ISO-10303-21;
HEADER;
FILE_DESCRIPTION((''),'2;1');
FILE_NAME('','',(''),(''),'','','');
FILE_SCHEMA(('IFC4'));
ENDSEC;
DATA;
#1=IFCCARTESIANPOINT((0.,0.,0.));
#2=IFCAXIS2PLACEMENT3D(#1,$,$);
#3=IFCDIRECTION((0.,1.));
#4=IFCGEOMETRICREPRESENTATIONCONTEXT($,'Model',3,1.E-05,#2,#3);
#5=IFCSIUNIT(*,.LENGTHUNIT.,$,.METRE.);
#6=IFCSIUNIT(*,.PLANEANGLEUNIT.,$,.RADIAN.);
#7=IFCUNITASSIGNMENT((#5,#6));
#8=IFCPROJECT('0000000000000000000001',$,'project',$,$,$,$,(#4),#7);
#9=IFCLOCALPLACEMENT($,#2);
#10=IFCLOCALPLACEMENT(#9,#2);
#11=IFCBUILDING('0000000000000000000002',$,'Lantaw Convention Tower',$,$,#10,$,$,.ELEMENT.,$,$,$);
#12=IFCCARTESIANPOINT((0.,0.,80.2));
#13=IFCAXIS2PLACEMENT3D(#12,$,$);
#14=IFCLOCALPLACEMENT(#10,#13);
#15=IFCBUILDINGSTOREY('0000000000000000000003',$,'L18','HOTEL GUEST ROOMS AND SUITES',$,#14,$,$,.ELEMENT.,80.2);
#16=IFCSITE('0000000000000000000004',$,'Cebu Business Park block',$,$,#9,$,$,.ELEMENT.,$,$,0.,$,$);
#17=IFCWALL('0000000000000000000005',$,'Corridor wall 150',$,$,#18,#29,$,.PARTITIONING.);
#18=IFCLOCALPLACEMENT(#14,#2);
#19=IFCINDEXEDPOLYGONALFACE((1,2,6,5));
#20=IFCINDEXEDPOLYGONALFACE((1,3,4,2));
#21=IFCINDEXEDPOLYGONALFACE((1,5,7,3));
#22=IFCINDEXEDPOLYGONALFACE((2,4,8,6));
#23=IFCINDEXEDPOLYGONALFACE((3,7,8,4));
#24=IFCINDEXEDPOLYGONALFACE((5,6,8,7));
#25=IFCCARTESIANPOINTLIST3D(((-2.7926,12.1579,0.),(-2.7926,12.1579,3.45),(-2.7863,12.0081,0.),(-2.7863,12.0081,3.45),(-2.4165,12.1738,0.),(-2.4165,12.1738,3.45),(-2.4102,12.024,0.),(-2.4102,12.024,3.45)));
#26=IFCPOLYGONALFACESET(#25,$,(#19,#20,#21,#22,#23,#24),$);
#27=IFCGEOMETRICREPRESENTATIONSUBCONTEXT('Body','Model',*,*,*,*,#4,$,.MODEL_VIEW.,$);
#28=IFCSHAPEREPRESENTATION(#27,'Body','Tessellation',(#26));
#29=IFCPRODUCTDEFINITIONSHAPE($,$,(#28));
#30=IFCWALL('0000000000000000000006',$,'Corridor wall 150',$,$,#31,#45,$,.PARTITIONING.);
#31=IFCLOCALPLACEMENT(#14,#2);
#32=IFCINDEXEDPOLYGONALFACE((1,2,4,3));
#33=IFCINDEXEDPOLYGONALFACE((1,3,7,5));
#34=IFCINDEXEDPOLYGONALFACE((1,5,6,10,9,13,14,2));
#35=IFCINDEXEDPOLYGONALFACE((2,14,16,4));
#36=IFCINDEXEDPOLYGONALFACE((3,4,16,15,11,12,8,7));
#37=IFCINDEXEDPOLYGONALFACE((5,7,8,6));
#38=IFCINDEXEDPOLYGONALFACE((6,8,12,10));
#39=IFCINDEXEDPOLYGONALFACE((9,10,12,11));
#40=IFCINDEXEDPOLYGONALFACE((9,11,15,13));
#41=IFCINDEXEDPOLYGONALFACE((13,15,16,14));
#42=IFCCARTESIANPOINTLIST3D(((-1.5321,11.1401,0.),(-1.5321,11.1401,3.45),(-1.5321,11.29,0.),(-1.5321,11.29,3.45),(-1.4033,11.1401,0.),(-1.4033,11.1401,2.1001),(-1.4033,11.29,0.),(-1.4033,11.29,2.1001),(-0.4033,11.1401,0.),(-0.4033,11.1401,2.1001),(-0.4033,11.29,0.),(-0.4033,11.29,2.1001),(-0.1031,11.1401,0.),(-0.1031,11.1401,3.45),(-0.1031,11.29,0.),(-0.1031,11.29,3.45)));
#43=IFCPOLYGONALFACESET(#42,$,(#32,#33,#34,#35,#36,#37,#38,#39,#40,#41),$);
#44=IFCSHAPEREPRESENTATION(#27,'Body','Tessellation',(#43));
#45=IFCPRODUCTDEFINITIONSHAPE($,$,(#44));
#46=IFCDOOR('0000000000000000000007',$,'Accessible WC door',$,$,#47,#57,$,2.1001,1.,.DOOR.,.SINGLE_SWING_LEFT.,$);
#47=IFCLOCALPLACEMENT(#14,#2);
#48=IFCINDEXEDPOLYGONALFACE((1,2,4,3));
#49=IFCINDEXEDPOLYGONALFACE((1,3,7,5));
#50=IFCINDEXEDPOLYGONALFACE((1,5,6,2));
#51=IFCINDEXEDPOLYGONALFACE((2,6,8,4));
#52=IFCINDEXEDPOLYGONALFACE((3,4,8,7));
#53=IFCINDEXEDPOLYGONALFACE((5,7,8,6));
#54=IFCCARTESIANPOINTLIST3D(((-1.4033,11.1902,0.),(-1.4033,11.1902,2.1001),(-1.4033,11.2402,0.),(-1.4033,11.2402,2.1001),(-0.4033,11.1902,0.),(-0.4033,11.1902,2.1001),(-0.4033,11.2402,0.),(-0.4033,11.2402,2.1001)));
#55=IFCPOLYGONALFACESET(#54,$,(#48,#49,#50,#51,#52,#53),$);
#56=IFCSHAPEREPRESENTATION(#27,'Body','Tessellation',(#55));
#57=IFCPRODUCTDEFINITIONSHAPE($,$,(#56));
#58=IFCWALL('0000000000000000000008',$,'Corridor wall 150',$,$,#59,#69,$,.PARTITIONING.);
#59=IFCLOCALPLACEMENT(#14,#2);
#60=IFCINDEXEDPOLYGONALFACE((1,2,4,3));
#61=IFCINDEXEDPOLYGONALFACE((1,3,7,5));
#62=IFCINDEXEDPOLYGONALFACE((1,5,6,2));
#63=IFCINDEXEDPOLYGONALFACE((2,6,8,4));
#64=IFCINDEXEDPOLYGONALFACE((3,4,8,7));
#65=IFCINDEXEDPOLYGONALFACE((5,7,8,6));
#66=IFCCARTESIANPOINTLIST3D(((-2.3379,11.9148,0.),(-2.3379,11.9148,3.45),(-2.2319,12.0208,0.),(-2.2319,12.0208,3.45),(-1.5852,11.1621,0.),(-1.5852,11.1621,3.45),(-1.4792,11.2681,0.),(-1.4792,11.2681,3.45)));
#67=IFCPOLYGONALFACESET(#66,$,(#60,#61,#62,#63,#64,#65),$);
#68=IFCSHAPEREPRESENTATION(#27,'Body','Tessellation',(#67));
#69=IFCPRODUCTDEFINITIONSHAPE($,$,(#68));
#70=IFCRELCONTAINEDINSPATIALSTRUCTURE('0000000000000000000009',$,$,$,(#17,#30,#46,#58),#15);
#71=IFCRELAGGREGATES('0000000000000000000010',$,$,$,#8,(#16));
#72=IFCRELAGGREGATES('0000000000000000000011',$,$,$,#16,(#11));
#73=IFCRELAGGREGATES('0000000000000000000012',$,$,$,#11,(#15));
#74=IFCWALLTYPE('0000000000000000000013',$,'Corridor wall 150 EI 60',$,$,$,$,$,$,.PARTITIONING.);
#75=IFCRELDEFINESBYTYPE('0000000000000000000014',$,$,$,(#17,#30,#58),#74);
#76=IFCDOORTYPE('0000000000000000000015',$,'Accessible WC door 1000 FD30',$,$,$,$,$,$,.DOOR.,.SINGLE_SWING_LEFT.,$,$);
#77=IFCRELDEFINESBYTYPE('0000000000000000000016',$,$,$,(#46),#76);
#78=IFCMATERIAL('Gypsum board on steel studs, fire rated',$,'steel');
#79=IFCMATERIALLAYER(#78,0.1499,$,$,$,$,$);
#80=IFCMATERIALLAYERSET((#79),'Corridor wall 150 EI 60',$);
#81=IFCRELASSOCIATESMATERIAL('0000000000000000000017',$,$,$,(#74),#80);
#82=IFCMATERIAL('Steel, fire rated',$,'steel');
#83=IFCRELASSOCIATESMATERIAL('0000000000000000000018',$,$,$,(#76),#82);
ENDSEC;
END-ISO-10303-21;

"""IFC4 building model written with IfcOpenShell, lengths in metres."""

from ifc_helpers import new_model, si_unit, direction, frame, frame_2d, origin, place, context, subcontext, project, spatial, rectangle, extrude, material, layer, layer_set, type_object, element, fill, save


model = new_model("IFC4")

# Units and contexts
model_context = context("Model", 3, precision=1e-05, world=origin(), true_north=direction((0.0, 1.0)))
body_context = subcontext(model_context, "Body", "Model", "MODEL_VIEW")
ifc_project = project(units=[si_unit("LENGTHUNIT", "METRE"), si_unit("PLANEANGLEUNIT", "RADIAN")], contexts=[model_context])

# Site, building, storey
site_placement = place(None, origin())
site = spatial("IfcSite", under=ifc_project, at=site_placement, Name="Cebu Business Park block", CompositionType="ELEMENT", RefElevation=0.0)
building_placement = place(site_placement, origin())
building = spatial("IfcBuilding", under=site, at=building_placement, Name="Lantaw Convention Tower", CompositionType="ELEMENT")
storey_placement = place(building_placement, frame((0.0, 0.0, 80.2)))
storey = spatial("IfcBuildingStorey", under=building, at=storey_placement, Name="L18", Description="HOTEL GUEST ROOMS AND SUITES", CompositionType="ELEMENT", Elevation=80.2)

# Shared definitions
ifc_material_1 = material(Name="Gypsum board on steel studs, fire rated", Category="steel")
ifc_layer_1 = layer(ifc_material_1, 0.1499)
ifc_layer_set_1 = layer_set([ifc_layer_1], Name="Corridor wall 150 EI 60")
wall_type_1 = type_object("IfcWallType", Name="Corridor wall 150 EI 60", PredefinedType="PARTITIONING", material=ifc_layer_set_1)
ifc_material_2 = material(Name="Steel, fire rated", Category="steel")

# Wall
wall_1_placement = place(storey_placement, frame((-2.4133, 12.0989, 0.0), z_axis=(0.0, 0.0, 1.0), x_axis=(-0.999112, -0.042143, 0.0)))
element("IfcWall", 1, at=wall_1_placement, inside=storey, type_object=wall_type_1, Name="Corridor wall 150", PredefinedType="PARTITIONING", context=body_context, shape_type="SweptSolid", body=[
    extrude(rectangle(XDim=0.3765, YDim=0.1499, at=frame_2d((0.1882, 0.0))), origin(), (0.0, 0.0, 1.0), 3.45),
])

# Wall, opening, door
wall_2_placement = place(storey_placement, frame((-0.1033, 11.2151, 0.0), z_axis=(0.0, 0.0, 1.0), x_axis=(-1.0, 0.0, 0.0)))
wall_2 = element("IfcWall", 2, at=wall_2_placement, inside=storey, type_object=wall_type_1, Name="Corridor wall 150", PredefinedType="PARTITIONING", context=body_context, shape_type="SweptSolid", body=[
    extrude(rectangle(XDim=1.429, YDim=0.1499, at=frame_2d((0.7144, 0.0))), origin(), (0.0, 0.0, 1.0), 3.45),
])
opening_1_placement = place(wall_2_placement, frame((0.3, 0.0, 0.0)))
opening_1 = element("IfcOpeningElement", 3, at=opening_1_placement, cuts=wall_2, PredefinedType="OPENING", context=body_context, shape_type="SweptSolid", body=[
    extrude(rectangle(XDim=1.0, YDim=2.1001, at=frame_2d((0.5, 1.05))), frame((0.0, 0.085, 0.0), z_axis=(0.0, -1.0, 0.0), x_axis=(1.0, 0.0, 0.0)), (0.0, 0.0, 1.0), 0.1699),
])
door_type_1 = type_object("IfcDoorType", Name="Accessible WC door 1000 FD30", OperationType="SINGLE_SWING_LEFT", PredefinedType="DOOR", material=ifc_material_2)
door_1_placement = place(opening_1_placement, origin())
door_1 = element("IfcDoor", 4, at=door_1_placement, inside=storey, type_object=door_type_1, Name="Accessible WC door", OperationType="SINGLE_SWING_LEFT", OverallHeight=2.1001, OverallWidth=1.0, PredefinedType="DOOR", context=body_context, shape_type="SweptSolid", body=[
    extrude(rectangle(XDim=1.0, YDim=2.1001, at=frame_2d((0.5, 1.05))), frame((0.0, 0.0249, 0.0), z_axis=(0.0, -1.0, 0.0), x_axis=(1.0, 0.0, 0.0)), (0.0, 0.0, 1.0), 0.05),
])
fill(opening_1, door_1)

# Wall
wall_3_placement = place(storey_placement, frame((-1.5322, 11.2151, 0.0), z_axis=(0.0, 0.0, 1.0), x_axis=(-0.707107, 0.707107, 0.0)))
element("IfcWall", 5, at=wall_3_placement, inside=storey, type_object=wall_type_1, Name="Corridor wall 150", PredefinedType="PARTITIONING", context=body_context, shape_type="SweptSolid", body=[
    extrude(rectangle(XDim=1.0645, YDim=0.1499, at=frame_2d((0.5322, 0.0))), origin(), (0.0, 0.0, 1.0), 3.45),
])

save(model, "model.ifc")
